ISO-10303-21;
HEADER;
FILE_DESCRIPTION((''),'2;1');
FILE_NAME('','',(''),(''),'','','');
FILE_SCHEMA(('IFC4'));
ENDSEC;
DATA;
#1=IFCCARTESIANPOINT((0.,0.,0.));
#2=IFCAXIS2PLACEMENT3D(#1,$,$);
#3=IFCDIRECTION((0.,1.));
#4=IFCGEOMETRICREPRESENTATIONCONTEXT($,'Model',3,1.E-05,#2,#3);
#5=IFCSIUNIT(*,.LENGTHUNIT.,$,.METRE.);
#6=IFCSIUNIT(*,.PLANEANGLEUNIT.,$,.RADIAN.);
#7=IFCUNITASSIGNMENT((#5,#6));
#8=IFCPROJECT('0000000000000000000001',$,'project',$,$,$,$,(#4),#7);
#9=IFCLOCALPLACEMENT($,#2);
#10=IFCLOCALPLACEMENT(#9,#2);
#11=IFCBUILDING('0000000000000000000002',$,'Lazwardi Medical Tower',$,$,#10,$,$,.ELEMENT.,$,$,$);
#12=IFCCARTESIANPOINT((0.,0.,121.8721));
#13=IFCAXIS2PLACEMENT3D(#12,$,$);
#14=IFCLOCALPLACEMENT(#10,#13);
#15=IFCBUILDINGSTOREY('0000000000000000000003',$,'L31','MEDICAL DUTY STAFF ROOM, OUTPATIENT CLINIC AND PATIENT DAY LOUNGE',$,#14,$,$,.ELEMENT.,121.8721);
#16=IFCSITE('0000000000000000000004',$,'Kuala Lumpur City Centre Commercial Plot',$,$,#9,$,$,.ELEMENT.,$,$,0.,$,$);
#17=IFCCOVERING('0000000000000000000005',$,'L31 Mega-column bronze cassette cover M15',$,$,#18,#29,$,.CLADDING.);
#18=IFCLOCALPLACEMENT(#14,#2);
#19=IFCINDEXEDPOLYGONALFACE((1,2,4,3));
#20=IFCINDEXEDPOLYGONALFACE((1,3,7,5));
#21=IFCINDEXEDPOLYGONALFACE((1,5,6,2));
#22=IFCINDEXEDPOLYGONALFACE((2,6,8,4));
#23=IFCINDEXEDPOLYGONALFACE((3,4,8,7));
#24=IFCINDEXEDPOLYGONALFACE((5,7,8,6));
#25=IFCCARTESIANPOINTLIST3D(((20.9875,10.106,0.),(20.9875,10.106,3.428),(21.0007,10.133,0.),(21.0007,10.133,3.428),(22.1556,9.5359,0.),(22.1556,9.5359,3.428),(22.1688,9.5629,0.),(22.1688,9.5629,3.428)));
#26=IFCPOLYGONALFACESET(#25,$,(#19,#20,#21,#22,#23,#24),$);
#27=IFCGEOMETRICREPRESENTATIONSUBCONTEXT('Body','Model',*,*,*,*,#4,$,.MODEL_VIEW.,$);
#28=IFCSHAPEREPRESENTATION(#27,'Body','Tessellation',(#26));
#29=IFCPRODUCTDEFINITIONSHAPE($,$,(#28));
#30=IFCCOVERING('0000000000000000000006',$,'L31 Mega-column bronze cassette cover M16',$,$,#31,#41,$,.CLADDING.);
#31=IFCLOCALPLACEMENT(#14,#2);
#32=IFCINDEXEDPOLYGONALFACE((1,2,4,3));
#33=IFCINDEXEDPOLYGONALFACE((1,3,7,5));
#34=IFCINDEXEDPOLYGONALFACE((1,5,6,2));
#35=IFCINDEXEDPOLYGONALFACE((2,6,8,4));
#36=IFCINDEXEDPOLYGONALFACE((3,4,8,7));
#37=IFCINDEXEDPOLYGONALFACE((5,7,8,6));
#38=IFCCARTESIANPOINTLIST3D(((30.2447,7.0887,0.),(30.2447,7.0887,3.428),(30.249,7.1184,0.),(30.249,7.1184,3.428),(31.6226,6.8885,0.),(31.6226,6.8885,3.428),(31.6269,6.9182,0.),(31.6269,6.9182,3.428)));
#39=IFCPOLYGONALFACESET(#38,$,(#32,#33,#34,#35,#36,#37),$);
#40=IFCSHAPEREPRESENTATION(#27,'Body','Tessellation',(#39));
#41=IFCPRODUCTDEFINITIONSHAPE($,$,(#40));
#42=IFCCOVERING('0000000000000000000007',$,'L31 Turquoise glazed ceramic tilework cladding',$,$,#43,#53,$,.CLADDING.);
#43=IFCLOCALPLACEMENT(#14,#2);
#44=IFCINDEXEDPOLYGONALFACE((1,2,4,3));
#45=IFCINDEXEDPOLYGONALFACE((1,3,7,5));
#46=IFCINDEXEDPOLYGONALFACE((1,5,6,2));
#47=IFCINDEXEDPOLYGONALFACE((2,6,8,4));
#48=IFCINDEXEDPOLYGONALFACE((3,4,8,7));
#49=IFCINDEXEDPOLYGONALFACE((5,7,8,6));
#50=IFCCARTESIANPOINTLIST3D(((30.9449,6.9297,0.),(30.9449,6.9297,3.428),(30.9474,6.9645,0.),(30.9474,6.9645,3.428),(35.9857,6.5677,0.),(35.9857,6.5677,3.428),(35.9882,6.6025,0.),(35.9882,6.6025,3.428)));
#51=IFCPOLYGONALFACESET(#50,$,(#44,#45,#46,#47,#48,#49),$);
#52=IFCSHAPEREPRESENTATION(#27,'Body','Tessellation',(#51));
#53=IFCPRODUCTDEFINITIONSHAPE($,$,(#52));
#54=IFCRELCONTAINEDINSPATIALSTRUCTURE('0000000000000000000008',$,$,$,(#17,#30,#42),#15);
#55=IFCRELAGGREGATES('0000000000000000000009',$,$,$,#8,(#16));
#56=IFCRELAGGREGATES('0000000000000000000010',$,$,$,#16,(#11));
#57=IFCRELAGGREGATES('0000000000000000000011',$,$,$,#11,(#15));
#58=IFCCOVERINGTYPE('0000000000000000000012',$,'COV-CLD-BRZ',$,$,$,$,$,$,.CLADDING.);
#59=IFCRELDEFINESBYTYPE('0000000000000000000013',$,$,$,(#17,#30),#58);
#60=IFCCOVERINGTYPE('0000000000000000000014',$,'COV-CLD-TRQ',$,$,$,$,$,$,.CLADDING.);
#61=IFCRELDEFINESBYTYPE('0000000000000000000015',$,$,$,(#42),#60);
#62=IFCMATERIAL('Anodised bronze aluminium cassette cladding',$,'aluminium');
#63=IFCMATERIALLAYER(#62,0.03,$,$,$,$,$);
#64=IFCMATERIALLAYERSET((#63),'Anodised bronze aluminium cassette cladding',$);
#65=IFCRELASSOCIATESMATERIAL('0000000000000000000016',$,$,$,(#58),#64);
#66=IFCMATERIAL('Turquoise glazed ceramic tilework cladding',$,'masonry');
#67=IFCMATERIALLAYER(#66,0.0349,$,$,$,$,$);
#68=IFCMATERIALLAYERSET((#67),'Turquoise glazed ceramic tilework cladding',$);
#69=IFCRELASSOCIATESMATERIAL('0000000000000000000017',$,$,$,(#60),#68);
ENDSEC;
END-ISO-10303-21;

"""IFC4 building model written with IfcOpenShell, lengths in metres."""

from ifc_helpers import new_model, si_unit, direction, frame, origin, origin_2d, place, context, subcontext, project, spatial, rectangle, extrude, material, layer, layer_set, type_object, element, save


model = new_model("IFC4")

# Units and contexts
model_context = context("Model", 3, precision=1e-05, world=origin(), true_north=direction((0.0, 1.0)))
body_context = subcontext(model_context, "Body", "Model", "MODEL_VIEW")
ifc_project = project(units=[si_unit("LENGTHUNIT", "METRE"), si_unit("PLANEANGLEUNIT", "RADIAN")], contexts=[model_context])

# Site, building, storey
site_placement = place(None, origin())
site = spatial("IfcSite", under=ifc_project, at=site_placement, Name="Kuala Lumpur City Centre Commercial Plot", CompositionType="ELEMENT", RefElevation=0.0)
building_placement = place(site_placement, origin())
building = spatial("IfcBuilding", under=site, at=building_placement, Name="Lazwardi Medical Tower", CompositionType="ELEMENT")
storey_placement = place(building_placement, frame((0.0, 0.0, 121.8721)))
storey = spatial("IfcBuildingStorey", under=building, at=storey_placement, Name="L31", Description="MEDICAL DUTY STAFF ROOM, OUTPATIENT CLINIC AND PATIENT DAY LOUNGE", CompositionType="ELEMENT", Elevation=121.8721)

# Coverings
ifc_material_1 = material(Name="Anodised bronze aluminium cassette cladding", Category="aluminium")
ifc_layer_1 = layer(ifc_material_1, 0.03)
ifc_layer_set_1 = layer_set([ifc_layer_1], Name="Anodised bronze aluminium cassette cladding")
covering_type_1 = type_object("IfcCoveringType", Name="COV-CLD-BRZ", PredefinedType="CLADDING", material=ifc_layer_set_1)
covering_1_placement = place(storey_placement, frame((21.5781, 9.8345, 0.0), z_axis=(0.0, 0.0, 1.0), x_axis=(0.898679, -0.438606, 0.0)))
element("IfcCovering", 1, at=covering_1_placement, inside=storey, type_object=covering_type_1, Name="L31 Mega-column bronze cassette cover M15", PredefinedType="CLADDING", context=body_context, shape_type="SweptSolid", body=[
    extrude(rectangle(XDim=1.2998, YDim=0.03, at=origin_2d()), origin(), (0.0, 0.0, 1.0), 3.428),
])
covering_2_placement = place(storey_placement, frame((30.9358, 7.0034, 0.0), z_axis=(0.0, 0.0, 1.0), x_axis=(0.989609, -0.143785, 0.0)))
element("IfcCovering", 2, at=covering_2_placement, inside=storey, type_object=covering_type_1, Name="L31 Mega-column bronze cassette cover M16", PredefinedType="CLADDING", context=body_context, shape_type="SweptSolid", body=[
    extrude(rectangle(XDim=1.3923, YDim=0.03, at=origin_2d()), origin(), (0.0, 0.0, 1.0), 3.428),
])
ifc_material_2 = material(Name="Turquoise glazed ceramic tilework cladding", Category="masonry")
ifc_layer_2 = layer(ifc_material_2, 0.0349)
ifc_layer_set_2 = layer_set([ifc_layer_2], Name="Turquoise glazed ceramic tilework cladding")
covering_type_2 = type_object("IfcCoveringType", Name="COV-CLD-TRQ", PredefinedType="CLADDING", material=ifc_layer_set_2)
covering_3_placement = place(storey_placement, frame((33.4666, 6.7661, 0.0), z_axis=(0.0, 0.0, 1.0), x_axis=(0.997431, -0.071631, 0.0)))
element("IfcCovering", 3, at=covering_3_placement, inside=storey, type_object=covering_type_2, Name="L31 Turquoise glazed ceramic tilework cladding", PredefinedType="CLADDING", context=body_context, shape_type="SweptSolid", body=[
    extrude(rectangle(XDim=5.0537, YDim=0.0349, at=origin_2d()), origin(), (0.0, 0.0, 1.0), 3.428),
])

save(model, "model.ifc")
